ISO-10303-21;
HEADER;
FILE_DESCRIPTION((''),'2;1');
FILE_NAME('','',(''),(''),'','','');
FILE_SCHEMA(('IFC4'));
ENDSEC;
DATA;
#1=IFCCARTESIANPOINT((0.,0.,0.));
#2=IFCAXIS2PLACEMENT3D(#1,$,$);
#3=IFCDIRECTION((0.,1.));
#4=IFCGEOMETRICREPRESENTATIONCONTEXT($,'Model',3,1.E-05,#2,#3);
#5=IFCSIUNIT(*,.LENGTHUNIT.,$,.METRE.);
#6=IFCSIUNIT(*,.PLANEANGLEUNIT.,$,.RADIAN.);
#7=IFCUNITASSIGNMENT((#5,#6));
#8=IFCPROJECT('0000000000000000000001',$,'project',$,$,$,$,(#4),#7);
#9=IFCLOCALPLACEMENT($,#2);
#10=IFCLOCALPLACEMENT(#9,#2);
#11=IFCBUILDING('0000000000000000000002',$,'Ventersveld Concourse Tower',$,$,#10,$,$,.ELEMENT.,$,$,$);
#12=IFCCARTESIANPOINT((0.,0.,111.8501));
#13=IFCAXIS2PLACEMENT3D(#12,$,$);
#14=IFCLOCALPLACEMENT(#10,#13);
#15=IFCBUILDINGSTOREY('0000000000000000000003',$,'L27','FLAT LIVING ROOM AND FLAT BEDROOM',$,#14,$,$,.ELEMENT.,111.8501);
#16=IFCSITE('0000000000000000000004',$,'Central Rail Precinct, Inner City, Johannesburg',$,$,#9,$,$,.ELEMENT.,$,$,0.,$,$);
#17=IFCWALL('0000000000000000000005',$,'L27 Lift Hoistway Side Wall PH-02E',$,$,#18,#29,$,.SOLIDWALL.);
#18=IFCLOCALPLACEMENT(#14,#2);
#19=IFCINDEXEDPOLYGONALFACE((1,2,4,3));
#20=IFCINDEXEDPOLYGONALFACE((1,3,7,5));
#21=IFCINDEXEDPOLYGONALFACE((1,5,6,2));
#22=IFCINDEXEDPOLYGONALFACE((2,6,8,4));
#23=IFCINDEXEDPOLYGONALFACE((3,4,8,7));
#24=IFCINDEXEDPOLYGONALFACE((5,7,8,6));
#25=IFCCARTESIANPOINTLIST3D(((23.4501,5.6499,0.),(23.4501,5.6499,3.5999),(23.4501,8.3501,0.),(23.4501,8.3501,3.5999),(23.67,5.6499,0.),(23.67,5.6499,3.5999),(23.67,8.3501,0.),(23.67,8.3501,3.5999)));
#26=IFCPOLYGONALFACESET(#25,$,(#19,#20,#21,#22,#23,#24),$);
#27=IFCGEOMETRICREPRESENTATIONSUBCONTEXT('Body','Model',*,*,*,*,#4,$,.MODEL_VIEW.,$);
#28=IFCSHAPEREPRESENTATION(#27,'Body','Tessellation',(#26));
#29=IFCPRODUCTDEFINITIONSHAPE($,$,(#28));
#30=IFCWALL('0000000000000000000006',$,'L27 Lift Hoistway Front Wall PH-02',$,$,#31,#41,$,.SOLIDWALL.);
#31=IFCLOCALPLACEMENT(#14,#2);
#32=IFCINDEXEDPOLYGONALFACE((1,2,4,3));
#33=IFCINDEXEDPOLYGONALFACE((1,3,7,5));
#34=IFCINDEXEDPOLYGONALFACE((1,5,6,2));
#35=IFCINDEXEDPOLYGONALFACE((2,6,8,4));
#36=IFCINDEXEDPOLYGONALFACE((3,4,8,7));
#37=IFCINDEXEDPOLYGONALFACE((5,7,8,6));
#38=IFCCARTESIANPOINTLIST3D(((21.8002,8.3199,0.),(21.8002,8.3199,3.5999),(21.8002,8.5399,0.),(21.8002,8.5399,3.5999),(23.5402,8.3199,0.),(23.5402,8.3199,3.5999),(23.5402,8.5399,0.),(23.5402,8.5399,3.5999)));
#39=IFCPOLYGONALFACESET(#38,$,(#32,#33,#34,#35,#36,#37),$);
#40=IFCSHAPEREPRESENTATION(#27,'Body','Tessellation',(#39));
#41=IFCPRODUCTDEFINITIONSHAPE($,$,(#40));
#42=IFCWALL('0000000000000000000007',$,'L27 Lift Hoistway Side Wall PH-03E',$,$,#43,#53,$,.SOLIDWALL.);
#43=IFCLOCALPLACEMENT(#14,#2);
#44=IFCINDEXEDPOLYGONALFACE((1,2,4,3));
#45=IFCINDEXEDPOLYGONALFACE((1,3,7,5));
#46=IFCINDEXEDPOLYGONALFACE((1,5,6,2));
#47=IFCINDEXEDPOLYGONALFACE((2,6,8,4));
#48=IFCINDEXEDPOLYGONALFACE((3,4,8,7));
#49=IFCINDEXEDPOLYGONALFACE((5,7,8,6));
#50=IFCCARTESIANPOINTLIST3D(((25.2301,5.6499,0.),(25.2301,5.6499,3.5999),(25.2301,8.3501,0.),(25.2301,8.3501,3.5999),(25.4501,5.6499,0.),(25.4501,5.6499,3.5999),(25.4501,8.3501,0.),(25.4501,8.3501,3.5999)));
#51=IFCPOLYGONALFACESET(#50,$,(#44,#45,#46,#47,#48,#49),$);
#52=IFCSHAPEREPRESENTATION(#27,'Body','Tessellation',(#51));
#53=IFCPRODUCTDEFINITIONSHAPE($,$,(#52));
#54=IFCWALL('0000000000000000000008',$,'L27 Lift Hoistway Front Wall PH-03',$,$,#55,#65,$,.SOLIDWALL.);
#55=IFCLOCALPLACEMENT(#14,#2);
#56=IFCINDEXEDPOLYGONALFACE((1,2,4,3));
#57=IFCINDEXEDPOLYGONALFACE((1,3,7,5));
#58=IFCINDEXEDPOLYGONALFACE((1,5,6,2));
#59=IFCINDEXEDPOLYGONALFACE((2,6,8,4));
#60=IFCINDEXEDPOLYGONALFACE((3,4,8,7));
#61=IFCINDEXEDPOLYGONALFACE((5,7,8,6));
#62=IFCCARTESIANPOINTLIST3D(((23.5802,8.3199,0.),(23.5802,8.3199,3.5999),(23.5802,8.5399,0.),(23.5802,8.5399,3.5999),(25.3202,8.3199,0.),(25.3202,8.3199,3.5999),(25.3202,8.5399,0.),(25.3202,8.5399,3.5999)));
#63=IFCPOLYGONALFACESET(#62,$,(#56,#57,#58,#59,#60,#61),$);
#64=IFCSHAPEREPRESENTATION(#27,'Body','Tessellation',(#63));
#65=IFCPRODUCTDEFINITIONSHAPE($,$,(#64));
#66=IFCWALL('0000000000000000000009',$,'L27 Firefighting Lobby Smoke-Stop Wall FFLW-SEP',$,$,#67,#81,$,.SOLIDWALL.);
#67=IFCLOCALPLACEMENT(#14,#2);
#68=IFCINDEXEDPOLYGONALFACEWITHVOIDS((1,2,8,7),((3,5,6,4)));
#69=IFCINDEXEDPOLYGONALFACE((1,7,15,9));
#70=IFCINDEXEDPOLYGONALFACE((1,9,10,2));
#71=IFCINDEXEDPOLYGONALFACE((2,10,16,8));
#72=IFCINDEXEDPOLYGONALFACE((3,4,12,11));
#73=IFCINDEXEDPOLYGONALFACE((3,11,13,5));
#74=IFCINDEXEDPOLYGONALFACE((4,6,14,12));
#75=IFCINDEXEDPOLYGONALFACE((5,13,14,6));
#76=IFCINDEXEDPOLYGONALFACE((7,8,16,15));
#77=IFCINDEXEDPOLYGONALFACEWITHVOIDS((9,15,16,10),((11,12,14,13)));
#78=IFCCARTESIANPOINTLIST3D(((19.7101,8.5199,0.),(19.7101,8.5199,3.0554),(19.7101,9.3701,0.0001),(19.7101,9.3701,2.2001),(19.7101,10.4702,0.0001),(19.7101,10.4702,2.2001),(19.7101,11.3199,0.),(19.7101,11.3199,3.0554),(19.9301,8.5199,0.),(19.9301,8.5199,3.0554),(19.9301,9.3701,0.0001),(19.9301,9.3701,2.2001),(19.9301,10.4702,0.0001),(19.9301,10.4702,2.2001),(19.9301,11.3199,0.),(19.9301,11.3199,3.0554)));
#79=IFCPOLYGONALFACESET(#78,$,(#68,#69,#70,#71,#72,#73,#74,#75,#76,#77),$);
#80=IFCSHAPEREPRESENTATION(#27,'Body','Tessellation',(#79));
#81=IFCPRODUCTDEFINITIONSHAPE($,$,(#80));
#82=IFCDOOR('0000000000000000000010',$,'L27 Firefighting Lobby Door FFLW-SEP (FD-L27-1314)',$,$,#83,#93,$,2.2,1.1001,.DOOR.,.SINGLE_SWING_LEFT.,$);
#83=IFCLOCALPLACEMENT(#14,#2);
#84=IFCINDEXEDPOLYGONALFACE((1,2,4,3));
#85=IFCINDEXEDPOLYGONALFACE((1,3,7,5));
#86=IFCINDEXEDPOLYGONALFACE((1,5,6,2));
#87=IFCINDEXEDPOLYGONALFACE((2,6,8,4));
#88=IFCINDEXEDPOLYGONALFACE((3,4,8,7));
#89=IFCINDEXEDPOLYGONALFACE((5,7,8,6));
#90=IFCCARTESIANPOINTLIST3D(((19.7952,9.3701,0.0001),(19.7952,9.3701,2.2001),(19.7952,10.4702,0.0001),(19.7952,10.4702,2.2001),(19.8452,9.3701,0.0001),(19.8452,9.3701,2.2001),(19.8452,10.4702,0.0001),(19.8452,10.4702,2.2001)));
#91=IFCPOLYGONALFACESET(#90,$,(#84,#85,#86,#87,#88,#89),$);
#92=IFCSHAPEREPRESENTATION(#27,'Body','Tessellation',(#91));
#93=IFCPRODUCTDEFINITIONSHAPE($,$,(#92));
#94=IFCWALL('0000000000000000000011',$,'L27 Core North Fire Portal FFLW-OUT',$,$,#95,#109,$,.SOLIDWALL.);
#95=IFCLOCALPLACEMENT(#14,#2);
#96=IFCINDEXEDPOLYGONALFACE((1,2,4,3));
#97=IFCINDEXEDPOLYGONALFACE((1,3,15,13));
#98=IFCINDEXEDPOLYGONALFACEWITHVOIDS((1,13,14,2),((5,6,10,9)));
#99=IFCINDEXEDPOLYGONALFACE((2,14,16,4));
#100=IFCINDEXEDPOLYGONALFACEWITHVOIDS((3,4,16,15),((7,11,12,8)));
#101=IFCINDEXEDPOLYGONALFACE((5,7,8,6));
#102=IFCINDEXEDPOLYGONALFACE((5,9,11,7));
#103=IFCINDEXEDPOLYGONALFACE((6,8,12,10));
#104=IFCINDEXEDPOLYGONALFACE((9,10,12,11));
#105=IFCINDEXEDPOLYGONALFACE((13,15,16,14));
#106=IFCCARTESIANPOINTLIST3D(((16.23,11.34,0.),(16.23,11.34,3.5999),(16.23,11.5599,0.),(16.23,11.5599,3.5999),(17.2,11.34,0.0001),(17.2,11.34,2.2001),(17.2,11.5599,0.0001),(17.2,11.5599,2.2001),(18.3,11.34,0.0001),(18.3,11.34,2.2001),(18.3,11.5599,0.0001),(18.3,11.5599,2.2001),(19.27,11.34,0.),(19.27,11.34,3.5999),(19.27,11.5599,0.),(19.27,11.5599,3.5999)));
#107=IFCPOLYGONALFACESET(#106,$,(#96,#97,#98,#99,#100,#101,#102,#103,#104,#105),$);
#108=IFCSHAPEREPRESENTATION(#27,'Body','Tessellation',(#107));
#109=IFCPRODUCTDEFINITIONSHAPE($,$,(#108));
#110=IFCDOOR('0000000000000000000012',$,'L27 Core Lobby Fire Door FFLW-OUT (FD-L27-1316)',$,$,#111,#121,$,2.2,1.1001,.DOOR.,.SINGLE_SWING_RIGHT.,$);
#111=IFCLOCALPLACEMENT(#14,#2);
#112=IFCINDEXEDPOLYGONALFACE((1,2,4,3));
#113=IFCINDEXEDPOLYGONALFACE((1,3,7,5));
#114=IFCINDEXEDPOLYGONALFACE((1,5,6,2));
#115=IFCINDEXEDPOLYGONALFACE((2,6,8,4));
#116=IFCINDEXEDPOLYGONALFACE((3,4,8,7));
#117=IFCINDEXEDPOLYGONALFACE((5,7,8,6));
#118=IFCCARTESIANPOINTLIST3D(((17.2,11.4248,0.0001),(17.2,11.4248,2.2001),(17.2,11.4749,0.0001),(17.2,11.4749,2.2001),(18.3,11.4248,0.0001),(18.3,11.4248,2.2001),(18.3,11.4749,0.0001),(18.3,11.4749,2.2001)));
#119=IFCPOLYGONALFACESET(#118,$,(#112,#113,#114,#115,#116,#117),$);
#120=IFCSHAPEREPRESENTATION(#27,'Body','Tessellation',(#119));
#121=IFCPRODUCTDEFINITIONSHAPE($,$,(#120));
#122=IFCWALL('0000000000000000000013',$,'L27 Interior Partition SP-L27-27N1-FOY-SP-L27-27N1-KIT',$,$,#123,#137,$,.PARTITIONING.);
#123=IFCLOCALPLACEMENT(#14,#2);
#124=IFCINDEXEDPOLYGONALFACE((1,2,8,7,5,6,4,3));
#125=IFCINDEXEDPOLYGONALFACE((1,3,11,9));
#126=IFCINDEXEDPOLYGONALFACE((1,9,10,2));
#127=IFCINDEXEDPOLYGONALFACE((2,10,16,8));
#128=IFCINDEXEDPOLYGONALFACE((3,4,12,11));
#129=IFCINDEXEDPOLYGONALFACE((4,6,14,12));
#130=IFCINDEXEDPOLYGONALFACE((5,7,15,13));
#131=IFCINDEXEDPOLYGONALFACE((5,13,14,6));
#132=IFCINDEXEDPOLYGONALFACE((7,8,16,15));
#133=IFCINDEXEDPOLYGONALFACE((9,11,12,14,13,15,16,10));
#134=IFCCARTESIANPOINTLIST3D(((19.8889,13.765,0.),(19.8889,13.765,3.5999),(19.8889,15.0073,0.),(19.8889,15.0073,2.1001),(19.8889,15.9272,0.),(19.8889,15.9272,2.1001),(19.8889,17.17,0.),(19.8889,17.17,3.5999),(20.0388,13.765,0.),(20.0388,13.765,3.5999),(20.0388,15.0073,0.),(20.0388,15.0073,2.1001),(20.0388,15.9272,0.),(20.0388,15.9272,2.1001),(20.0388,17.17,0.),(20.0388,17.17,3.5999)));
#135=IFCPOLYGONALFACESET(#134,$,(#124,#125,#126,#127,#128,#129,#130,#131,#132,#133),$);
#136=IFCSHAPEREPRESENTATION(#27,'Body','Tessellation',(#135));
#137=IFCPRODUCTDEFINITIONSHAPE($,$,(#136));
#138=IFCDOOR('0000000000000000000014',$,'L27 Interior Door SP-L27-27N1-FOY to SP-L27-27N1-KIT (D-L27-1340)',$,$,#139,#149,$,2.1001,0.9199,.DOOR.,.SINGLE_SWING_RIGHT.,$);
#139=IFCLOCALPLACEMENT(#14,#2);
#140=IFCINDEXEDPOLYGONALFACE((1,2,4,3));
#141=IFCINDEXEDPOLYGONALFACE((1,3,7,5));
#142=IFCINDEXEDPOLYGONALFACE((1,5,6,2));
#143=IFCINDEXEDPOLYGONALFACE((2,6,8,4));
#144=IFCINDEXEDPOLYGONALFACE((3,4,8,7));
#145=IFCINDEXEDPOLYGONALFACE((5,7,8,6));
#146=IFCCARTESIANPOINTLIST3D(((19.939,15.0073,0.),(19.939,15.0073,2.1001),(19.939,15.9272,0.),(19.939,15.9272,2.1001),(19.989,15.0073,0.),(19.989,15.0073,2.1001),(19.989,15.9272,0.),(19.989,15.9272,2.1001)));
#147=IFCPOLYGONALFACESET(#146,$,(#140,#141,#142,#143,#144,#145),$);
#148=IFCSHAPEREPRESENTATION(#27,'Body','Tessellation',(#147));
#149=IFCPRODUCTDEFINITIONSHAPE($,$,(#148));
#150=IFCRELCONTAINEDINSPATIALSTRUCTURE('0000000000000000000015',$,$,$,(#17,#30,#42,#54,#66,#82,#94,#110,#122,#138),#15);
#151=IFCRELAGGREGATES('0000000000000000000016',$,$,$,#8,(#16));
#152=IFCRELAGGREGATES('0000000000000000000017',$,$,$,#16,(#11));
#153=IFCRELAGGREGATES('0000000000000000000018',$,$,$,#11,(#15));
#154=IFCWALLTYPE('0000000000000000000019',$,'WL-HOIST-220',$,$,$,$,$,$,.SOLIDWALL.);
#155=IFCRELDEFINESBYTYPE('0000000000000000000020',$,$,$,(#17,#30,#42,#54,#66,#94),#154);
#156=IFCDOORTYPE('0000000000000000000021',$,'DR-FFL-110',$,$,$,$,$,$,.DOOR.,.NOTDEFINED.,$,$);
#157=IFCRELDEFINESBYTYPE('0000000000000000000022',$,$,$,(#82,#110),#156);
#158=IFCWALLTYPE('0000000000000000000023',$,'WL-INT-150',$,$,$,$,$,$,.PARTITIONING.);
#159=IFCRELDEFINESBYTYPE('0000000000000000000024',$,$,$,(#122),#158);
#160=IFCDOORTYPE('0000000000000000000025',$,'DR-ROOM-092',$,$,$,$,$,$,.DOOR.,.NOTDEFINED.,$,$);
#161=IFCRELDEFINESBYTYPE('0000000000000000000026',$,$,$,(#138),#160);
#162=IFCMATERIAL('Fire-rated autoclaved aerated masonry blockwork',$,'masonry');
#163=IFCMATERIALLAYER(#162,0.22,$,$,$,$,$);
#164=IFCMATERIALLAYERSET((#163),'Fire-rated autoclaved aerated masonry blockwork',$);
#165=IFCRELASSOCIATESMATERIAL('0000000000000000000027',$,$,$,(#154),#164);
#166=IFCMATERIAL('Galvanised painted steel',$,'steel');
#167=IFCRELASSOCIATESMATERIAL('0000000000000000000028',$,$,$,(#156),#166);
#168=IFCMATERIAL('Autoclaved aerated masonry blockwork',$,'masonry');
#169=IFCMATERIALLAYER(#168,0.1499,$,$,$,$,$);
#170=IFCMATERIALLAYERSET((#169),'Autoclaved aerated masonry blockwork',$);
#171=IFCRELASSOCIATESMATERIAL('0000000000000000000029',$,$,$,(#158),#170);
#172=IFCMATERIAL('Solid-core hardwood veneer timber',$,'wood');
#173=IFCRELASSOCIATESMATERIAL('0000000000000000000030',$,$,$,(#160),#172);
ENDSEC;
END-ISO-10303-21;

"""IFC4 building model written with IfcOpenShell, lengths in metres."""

from ifc_helpers import new_model, si_unit, direction, frame, frame_2d, origin, place, context, subcontext, project, spatial, rectangle, extrude, material, layer, layer_set, type_object, element, fill, save


model = new_model("IFC4")

# Units and contexts
model_context = context("Model", 3, precision=1e-05, world=origin(), true_north=direction((0.0, 1.0)))
body_context = subcontext(model_context, "Body", "Model", "MODEL_VIEW")
ifc_project = project(units=[si_unit("LENGTHUNIT", "METRE"), si_unit("PLANEANGLEUNIT", "RADIAN")], contexts=[model_context])

# Site, building, storey
site_placement = place(None, origin())
site = spatial("IfcSite", under=ifc_project, at=site_placement, Name="Central Rail Precinct, Inner City, Johannesburg", CompositionType="ELEMENT", RefElevation=0.0)
building_placement = place(site_placement, origin())
building = spatial("IfcBuilding", under=site, at=building_placement, Name="Ventersveld Concourse Tower", CompositionType="ELEMENT")
storey_placement = place(building_placement, frame((0.0, 0.0, 111.8501)))
storey = spatial("IfcBuildingStorey", under=building, at=storey_placement, Name="L27", Description="FLAT LIVING ROOM AND FLAT BEDROOM", CompositionType="ELEMENT", Elevation=111.8501)

# Shared definitions
ifc_material_1 = material(Name="Fire-rated autoclaved aerated masonry blockwork", Category="masonry")
ifc_material_2 = material(Name="Solid-core hardwood veneer timber", Category="wood")

# Shared definitions
ifc_layer_1 = layer(ifc_material_1, 0.22)
ifc_layer_set_1 = layer_set([ifc_layer_1], Name="Fire-rated autoclaved aerated masonry blockwork")
wall_type_1 = type_object("IfcWallType", Name="WL-HOIST-220", PredefinedType="SOLIDWALL", material=ifc_layer_set_1)

# Walls
wall_1_placement = place(storey_placement, frame((23.5601, 5.6499, 0.0), z_axis=(0.0, 0.0, 1.0), x_axis=(0.0, 1.0, 0.0)))
element("IfcWall", 1, at=wall_1_placement, inside=storey, type_object=wall_type_1, Name="L27 Lift Hoistway Side Wall PH-02E", PredefinedType="SOLIDWALL", context=body_context, shape_type="SweptSolid", body=[
    extrude(rectangle(XDim=2.7002, YDim=0.22, at=frame_2d((1.3501, 0.0))), origin(), (0.0, 0.0, 1.0), 3.5999),
])
wall_2_placement = place(storey_placement, frame((21.8, 8.4299, 0.0), z_axis=(0.0, 0.0, 1.0), x_axis=(1.0, 0.0, 0.0)))
element("IfcWall", 2, at=wall_2_placement, inside=storey, type_object=wall_type_1, Name="L27 Lift Hoistway Front Wall PH-02", PredefinedType="SOLIDWALL", context=body_context, shape_type="SweptSolid", body=[
    extrude(rectangle(XDim=1.74, YDim=0.22, at=frame_2d((0.8701, 0.0))), origin(), (0.0, 0.0, 1.0), 3.5999),
])
wall_3_placement = place(storey_placement, frame((25.3401, 5.6499, 0.0), z_axis=(0.0, 0.0, 1.0), x_axis=(0.0, 1.0, 0.0)))
element("IfcWall", 3, at=wall_3_placement, inside=storey, type_object=wall_type_1, Name="L27 Lift Hoistway Side Wall PH-03E", PredefinedType="SOLIDWALL", context=body_context, shape_type="SweptSolid", body=[
    extrude(rectangle(XDim=2.7002, YDim=0.22, at=frame_2d((1.3501, 0.0))), origin(), (0.0, 0.0, 1.0), 3.5999),
])
wall_4_placement = place(storey_placement, frame((23.5801, 8.4299, 0.0), z_axis=(0.0, 0.0, 1.0), x_axis=(1.0, 0.0, 0.0)))
element("IfcWall", 4, at=wall_4_placement, inside=storey, type_object=wall_type_1, Name="L27 Lift Hoistway Front Wall PH-03", PredefinedType="SOLIDWALL", context=body_context, shape_type="SweptSolid", body=[
    extrude(rectangle(XDim=1.74, YDim=0.22, at=frame_2d((0.8701, 0.0))), origin(), (0.0, 0.0, 1.0), 3.5999),
])

# Walls, openings, doors
wall_5_placement = place(storey_placement, frame((19.8201, 8.52, 0.0), z_axis=(0.0, 0.0, 1.0), x_axis=(0.0, 1.0, 0.0)))
wall_5 = element("IfcWall", 5, at=wall_5_placement, inside=storey, type_object=wall_type_1, Name="L27 Firefighting Lobby Smoke-Stop Wall FFLW-SEP", PredefinedType="SOLIDWALL", context=body_context, shape_type="SweptSolid", body=[
    extrude(rectangle(XDim=2.8, YDim=0.22, at=frame_2d((1.3999, 0.0))), origin(), (0.0, 0.0, 1.0), 3.0554),
])
opening_1_placement = place(wall_5_placement, frame((0.8501, 0.0, 0.0)))
opening_1 = element("IfcOpeningElement", 6, at=opening_1_placement, cuts=wall_5, PredefinedType="OPENING", context=body_context, shape_type="SweptSolid", body=[
    extrude(rectangle(XDim=1.1001, YDim=2.2, at=frame_2d((0.55, 1.1001))), frame((0.0, 0.1201, 0.0), z_axis=(0.0, -1.0, 0.0), x_axis=(1.0, 0.0, 0.0)), (0.0, 0.0, 1.0), 0.24),
])
ifc_material_3 = material(Name="Galvanised painted steel", Category="steel")
door_type_1 = type_object("IfcDoorType", Name="DR-FFL-110", OperationType="NOTDEFINED", PredefinedType="DOOR", material=ifc_material_3)
door_1_placement = place(opening_1_placement, origin())
door_1 = element("IfcDoor", 7, at=door_1_placement, inside=storey, type_object=door_type_1, Name="L27 Firefighting Lobby Door FFLW-SEP (FD-L27-1314)", OperationType="SINGLE_SWING_LEFT", OverallHeight=2.2, OverallWidth=1.1001, PredefinedType="DOOR", context=body_context, shape_type="SweptSolid", body=[
    extrude(rectangle(XDim=1.1001, YDim=2.2, at=frame_2d((0.55, 1.1001))), frame((0.0, 0.0249, 0.0), z_axis=(0.0, -1.0, 0.0), x_axis=(1.0, 0.0, 0.0)), (0.0, 0.0, 1.0), 0.05),
])
fill(opening_1, door_1)
wall_6_placement = place(storey_placement, frame((16.23, 11.45, 0.0), z_axis=(0.0, 0.0, 1.0), x_axis=(1.0, 0.0, 0.0)))
wall_6 = element("IfcWall", 8, at=wall_6_placement, inside=storey, type_object=wall_type_1, Name="L27 Core North Fire Portal FFLW-OUT", PredefinedType="SOLIDWALL", context=body_context, shape_type="SweptSolid", body=[
    extrude(rectangle(XDim=3.04, YDim=0.22, at=frame_2d((1.52, 0.0))), origin(), (0.0, 0.0, 1.0), 3.5999),
])
opening_2_placement = place(wall_6_placement, frame((0.97, 0.0, 0.0)))
opening_2 = element("IfcOpeningElement", 9, at=opening_2_placement, cuts=wall_6, PredefinedType="OPENING", context=body_context, shape_type="SweptSolid", body=[
    extrude(rectangle(XDim=1.1001, YDim=2.2, at=frame_2d((0.55, 1.1001))), frame((0.0, 0.1201, 0.0), z_axis=(0.0, -1.0, 0.0), x_axis=(1.0, 0.0, 0.0)), (0.0, 0.0, 1.0), 0.24),
])
door_2_placement = place(opening_2_placement, origin())
door_2 = element("IfcDoor", 10, at=door_2_placement, inside=storey, type_object=door_type_1, Name="L27 Core Lobby Fire Door FFLW-OUT (FD-L27-1316)", OperationType="SINGLE_SWING_RIGHT", OverallHeight=2.2, OverallWidth=1.1001, PredefinedType="DOOR", context=body_context, shape_type="SweptSolid", body=[
    extrude(rectangle(XDim=1.1001, YDim=2.2, at=frame_2d((0.55, 1.1001))), frame((0.0, 0.0249, 0.0), z_axis=(0.0, -1.0, 0.0), x_axis=(1.0, 0.0, 0.0)), (0.0, 0.0, 1.0), 0.05),
])
fill(opening_2, door_2)
ifc_material_4 = material(Name="Autoclaved aerated masonry blockwork", Category="masonry")
ifc_layer_2 = layer(ifc_material_4, 0.1499)
ifc_layer_set_2 = layer_set([ifc_layer_2], Name="Autoclaved aerated masonry blockwork")
wall_type_2 = type_object("IfcWallType", Name="WL-INT-150", PredefinedType="PARTITIONING", material=ifc_layer_set_2)
wall_7_placement = place(storey_placement, frame((19.9639, 13.7649, 0.0), z_axis=(0.0, 0.0, 1.0), x_axis=(0.0, 1.0, 0.0)))
wall_7 = element("IfcWall", 11, at=wall_7_placement, inside=storey, type_object=wall_type_2, Name="L27 Interior Partition SP-L27-27N1-FOY-SP-L27-27N1-KIT", PredefinedType="PARTITIONING", context=body_context, shape_type="SweptSolid", body=[
    extrude(rectangle(XDim=3.405, YDim=0.1499, at=frame_2d((1.7026, 0.0))), origin(), (0.0, 0.0, 1.0), 3.5999),
])
opening_3_placement = place(wall_7_placement, frame((1.2424, 0.0, 0.0)))
opening_3 = element("IfcOpeningElement", 12, at=opening_3_placement, cuts=wall_7, PredefinedType="OPENING", context=body_context, shape_type="SweptSolid", body=[
    extrude(rectangle(XDim=0.9199, YDim=2.1001, at=frame_2d((0.46, 1.05))), frame((0.0, 0.085, 0.0), z_axis=(0.0, -1.0, 0.0), x_axis=(1.0, 0.0, 0.0)), (0.0, 0.0, 1.0), 0.1699),
])
door_type_2 = type_object("IfcDoorType", Name="DR-ROOM-092", OperationType="NOTDEFINED", PredefinedType="DOOR", material=ifc_material_2)
door_3_placement = place(opening_3_placement, origin())
door_3 = element("IfcDoor", 13, at=door_3_placement, inside=storey, type_object=door_type_2, Name="L27 Interior Door SP-L27-27N1-FOY to SP-L27-27N1-KIT (D-L27-1340)", OperationType="SINGLE_SWING_RIGHT", OverallHeight=2.1001, OverallWidth=0.9199, PredefinedType="DOOR", context=body_context, shape_type="SweptSolid", body=[
    extrude(rectangle(XDim=0.9199, YDim=2.1001, at=frame_2d((0.46, 1.05))), frame((0.0, 0.0249, 0.0), z_axis=(0.0, -1.0, 0.0), x_axis=(1.0, 0.0, 0.0)), (0.0, 0.0, 1.0), 0.05),
])
fill(opening_3, door_3)

save(model, "model.ifc")
